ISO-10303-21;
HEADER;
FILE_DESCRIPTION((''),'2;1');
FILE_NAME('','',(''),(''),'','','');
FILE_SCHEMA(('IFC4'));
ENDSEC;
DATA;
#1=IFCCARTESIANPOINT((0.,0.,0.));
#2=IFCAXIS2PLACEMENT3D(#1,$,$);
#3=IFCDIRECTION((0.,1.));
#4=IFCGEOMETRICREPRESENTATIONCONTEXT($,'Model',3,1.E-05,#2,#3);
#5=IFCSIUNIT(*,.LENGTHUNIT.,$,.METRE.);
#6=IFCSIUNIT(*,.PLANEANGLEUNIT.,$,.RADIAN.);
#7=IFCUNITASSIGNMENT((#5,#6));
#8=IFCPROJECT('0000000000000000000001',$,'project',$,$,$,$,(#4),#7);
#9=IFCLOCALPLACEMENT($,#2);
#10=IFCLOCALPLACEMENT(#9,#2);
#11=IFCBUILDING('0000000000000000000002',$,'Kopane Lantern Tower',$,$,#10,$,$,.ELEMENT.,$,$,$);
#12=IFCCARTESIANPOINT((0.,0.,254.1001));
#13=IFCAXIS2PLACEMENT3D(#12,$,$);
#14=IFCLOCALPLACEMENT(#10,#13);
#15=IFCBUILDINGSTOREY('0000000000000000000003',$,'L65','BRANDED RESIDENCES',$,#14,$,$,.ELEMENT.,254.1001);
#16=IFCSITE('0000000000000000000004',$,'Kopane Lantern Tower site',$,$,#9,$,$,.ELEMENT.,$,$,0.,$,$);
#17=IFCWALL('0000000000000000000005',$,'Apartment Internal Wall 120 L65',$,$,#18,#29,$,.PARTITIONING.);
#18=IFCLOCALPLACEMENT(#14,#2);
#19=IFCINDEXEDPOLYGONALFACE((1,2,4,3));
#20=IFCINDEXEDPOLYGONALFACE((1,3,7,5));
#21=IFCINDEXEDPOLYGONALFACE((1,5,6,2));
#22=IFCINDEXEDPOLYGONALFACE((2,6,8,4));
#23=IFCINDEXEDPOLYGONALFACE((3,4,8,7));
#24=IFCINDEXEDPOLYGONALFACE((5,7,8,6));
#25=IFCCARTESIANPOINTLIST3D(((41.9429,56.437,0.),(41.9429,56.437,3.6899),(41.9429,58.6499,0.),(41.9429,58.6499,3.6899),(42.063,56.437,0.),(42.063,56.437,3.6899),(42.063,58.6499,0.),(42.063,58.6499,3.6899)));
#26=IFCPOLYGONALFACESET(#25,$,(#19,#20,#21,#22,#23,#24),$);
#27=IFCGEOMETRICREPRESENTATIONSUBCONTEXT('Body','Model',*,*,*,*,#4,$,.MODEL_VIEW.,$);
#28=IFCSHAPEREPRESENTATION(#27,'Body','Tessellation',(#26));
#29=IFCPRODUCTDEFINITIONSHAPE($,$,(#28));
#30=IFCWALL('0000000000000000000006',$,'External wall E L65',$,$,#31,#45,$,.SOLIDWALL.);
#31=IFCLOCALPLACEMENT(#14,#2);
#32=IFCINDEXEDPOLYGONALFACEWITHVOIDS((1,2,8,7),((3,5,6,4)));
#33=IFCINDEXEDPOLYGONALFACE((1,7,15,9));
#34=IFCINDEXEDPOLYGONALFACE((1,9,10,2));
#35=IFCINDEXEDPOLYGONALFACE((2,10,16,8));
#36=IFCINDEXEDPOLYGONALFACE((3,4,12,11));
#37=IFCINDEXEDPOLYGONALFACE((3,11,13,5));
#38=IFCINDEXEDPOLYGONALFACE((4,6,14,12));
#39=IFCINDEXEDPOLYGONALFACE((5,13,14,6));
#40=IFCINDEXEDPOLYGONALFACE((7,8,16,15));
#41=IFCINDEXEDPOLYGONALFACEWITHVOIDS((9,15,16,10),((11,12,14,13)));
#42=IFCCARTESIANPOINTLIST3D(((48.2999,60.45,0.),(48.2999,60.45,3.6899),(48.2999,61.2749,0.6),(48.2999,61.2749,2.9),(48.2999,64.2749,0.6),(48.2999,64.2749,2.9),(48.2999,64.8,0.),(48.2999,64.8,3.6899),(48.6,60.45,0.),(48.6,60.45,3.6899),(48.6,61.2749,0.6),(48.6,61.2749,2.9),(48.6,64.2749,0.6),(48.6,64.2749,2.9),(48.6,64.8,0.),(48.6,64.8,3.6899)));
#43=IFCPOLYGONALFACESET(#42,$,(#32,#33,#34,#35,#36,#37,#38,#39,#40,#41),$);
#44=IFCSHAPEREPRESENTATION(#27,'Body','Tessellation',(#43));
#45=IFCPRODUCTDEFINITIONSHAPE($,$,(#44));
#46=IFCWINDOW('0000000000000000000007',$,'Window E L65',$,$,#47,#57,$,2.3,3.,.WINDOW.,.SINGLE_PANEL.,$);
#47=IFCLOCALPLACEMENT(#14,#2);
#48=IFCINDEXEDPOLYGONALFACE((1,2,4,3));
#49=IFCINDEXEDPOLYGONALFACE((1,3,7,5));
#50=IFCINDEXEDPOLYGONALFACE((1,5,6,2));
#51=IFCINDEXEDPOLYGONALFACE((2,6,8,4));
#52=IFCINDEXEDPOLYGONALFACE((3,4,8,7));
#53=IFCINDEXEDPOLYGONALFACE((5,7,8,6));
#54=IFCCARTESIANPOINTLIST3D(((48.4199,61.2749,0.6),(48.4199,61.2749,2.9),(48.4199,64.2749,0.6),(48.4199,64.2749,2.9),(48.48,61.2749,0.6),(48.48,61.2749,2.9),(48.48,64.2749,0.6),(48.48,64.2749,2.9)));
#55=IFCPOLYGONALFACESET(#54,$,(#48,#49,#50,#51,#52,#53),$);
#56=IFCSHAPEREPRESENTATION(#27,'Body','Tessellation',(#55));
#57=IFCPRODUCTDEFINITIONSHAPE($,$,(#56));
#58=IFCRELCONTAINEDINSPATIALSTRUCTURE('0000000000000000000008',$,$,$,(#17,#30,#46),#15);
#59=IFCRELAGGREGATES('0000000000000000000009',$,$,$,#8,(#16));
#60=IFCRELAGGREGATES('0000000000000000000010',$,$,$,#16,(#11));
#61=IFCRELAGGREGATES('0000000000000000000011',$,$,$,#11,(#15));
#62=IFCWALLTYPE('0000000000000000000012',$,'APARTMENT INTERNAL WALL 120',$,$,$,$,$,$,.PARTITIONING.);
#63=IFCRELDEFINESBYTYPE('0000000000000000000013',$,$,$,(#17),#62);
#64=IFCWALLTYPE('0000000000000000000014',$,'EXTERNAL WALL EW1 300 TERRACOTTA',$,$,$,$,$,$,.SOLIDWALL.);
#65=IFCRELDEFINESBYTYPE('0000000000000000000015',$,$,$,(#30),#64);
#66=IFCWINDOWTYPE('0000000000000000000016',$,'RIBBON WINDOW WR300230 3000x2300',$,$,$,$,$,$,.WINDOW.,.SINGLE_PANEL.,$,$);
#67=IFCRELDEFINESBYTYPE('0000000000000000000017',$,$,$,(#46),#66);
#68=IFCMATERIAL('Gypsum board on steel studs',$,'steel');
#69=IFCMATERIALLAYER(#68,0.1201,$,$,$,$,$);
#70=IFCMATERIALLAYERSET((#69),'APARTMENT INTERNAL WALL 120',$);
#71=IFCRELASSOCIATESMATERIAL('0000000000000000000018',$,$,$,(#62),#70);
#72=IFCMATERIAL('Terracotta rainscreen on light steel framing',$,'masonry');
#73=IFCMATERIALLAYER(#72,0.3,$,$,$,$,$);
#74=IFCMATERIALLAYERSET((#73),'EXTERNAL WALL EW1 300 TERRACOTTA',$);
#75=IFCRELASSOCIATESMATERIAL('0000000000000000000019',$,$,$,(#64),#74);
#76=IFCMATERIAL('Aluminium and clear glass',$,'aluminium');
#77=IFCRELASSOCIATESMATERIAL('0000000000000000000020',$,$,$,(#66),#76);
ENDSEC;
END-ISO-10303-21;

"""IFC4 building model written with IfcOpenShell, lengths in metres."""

from ifc_helpers import new_model, si_unit, direction, frame, frame_2d, origin, place, context, subcontext, project, spatial, rectangle, extrude, material, layer, layer_set, type_object, element, fill, save


model = new_model("IFC4")

# Units and contexts
model_context = context("Model", 3, precision=1e-05, world=origin(), true_north=direction((0.0, 1.0)))
body_context = subcontext(model_context, "Body", "Model", "MODEL_VIEW")
ifc_project = project(units=[si_unit("LENGTHUNIT", "METRE"), si_unit("PLANEANGLEUNIT", "RADIAN")], contexts=[model_context])

# Site, building, storey
site_placement = place(None, origin())
site = spatial("IfcSite", under=ifc_project, at=site_placement, Name="Kopane Lantern Tower site", CompositionType="ELEMENT", RefElevation=0.0)
building_placement = place(site_placement, origin())
building = spatial("IfcBuilding", under=site, at=building_placement, Name="Kopane Lantern Tower", CompositionType="ELEMENT")
storey_placement = place(building_placement, frame((0.0, 0.0, 254.1001)))
storey = spatial("IfcBuildingStorey", under=building, at=storey_placement, Name="L65", Description="BRANDED RESIDENCES", CompositionType="ELEMENT", Elevation=254.1001)

# Shared definitions
ifc_material_1 = material(Name="Gypsum board on steel studs", Category="steel")
ifc_layer_1 = layer(ifc_material_1, 0.1201)
ifc_layer_set_1 = layer_set([ifc_layer_1], Name="APARTMENT INTERNAL WALL 120")
wall_type_1 = type_object("IfcWallType", Name="APARTMENT INTERNAL WALL 120", PredefinedType="PARTITIONING", material=ifc_layer_set_1)

# Wall
wall_1_placement = place(storey_placement, frame((42.0029, 58.6499, 0.0), z_axis=(0.0, 0.0, 1.0), x_axis=(0.0, -1.0, 0.0)))
element("IfcWall", 1, at=wall_1_placement, inside=storey, type_object=wall_type_1, Name="Apartment Internal Wall 120 L65", PredefinedType="PARTITIONING", context=body_context, shape_type="SweptSolid", body=[
    extrude(rectangle(XDim=2.2129, YDim=0.1201, at=frame_2d((1.1064, 0.0))), origin(), (0.0, 0.0, 1.0), 3.6899),
])

# Wall, opening, window
ifc_material_2 = material(Name="Terracotta rainscreen on light steel framing", Category="masonry")
ifc_layer_2 = layer(ifc_material_2, 0.3)
ifc_layer_set_2 = layer_set([ifc_layer_2], Name="EXTERNAL WALL EW1 300 TERRACOTTA")
wall_type_2 = type_object("IfcWallType", Name="EXTERNAL WALL EW1 300 TERRACOTTA", PredefinedType="SOLIDWALL", material=ifc_layer_set_2)
wall_2_placement = place(storey_placement, frame((48.45, 60.45, 0.0), z_axis=(0.0, 0.0, 1.0), x_axis=(0.0, 1.0, 0.0)))
wall_2 = element("IfcWall", 2, at=wall_2_placement, inside=storey, type_object=wall_type_2, Name="External wall E L65", PredefinedType="SOLIDWALL", context=body_context, shape_type="SweptSolid", body=[
    extrude(rectangle(XDim=4.3501, YDim=0.3, at=frame_2d((2.175, 0.0))), origin(), (0.0, 0.0, 1.0), 3.6899),
])
opening_1_placement = place(wall_2_placement, frame((0.825, 0.0, 0.6001)))
opening_1 = element("IfcOpeningElement", 3, at=opening_1_placement, cuts=wall_2, PredefinedType="OPENING", context=body_context, shape_type="SweptSolid", body=[
    extrude(rectangle(XDim=3.0, YDim=2.3, at=frame_2d((1.5, 1.1499))), frame((0.0, 0.1599, 0.0), z_axis=(0.0, -1.0, 0.0), x_axis=(1.0, 0.0, 0.0)), (0.0, 0.0, 1.0), 0.3201),
])
ifc_material_3 = material(Name="Aluminium and clear glass", Category="aluminium")
window_type_1 = type_object("IfcWindowType", Name="RIBBON WINDOW WR300230 3000x2300", PartitioningType="SINGLE_PANEL", PredefinedType="WINDOW", material=ifc_material_3)
window_1_placement = place(opening_1_placement, origin())
window_1 = element("IfcWindow", 4, at=window_1_placement, inside=storey, type_object=window_type_1, Name="Window E L65", OverallHeight=2.3, OverallWidth=3.0, PartitioningType="SINGLE_PANEL", PredefinedType="WINDOW", context=body_context, shape_type="SweptSolid", body=[
    extrude(rectangle(XDim=3.0, YDim=2.3, at=frame_2d((1.5, 1.1499))), frame((0.0, 0.03, 0.0), z_axis=(0.0, -1.0, 0.0), x_axis=(1.0, 0.0, 0.0)), (0.0, 0.0, 1.0), 0.0601),
])
fill(opening_1, window_1)

save(model, "model.ifc")
